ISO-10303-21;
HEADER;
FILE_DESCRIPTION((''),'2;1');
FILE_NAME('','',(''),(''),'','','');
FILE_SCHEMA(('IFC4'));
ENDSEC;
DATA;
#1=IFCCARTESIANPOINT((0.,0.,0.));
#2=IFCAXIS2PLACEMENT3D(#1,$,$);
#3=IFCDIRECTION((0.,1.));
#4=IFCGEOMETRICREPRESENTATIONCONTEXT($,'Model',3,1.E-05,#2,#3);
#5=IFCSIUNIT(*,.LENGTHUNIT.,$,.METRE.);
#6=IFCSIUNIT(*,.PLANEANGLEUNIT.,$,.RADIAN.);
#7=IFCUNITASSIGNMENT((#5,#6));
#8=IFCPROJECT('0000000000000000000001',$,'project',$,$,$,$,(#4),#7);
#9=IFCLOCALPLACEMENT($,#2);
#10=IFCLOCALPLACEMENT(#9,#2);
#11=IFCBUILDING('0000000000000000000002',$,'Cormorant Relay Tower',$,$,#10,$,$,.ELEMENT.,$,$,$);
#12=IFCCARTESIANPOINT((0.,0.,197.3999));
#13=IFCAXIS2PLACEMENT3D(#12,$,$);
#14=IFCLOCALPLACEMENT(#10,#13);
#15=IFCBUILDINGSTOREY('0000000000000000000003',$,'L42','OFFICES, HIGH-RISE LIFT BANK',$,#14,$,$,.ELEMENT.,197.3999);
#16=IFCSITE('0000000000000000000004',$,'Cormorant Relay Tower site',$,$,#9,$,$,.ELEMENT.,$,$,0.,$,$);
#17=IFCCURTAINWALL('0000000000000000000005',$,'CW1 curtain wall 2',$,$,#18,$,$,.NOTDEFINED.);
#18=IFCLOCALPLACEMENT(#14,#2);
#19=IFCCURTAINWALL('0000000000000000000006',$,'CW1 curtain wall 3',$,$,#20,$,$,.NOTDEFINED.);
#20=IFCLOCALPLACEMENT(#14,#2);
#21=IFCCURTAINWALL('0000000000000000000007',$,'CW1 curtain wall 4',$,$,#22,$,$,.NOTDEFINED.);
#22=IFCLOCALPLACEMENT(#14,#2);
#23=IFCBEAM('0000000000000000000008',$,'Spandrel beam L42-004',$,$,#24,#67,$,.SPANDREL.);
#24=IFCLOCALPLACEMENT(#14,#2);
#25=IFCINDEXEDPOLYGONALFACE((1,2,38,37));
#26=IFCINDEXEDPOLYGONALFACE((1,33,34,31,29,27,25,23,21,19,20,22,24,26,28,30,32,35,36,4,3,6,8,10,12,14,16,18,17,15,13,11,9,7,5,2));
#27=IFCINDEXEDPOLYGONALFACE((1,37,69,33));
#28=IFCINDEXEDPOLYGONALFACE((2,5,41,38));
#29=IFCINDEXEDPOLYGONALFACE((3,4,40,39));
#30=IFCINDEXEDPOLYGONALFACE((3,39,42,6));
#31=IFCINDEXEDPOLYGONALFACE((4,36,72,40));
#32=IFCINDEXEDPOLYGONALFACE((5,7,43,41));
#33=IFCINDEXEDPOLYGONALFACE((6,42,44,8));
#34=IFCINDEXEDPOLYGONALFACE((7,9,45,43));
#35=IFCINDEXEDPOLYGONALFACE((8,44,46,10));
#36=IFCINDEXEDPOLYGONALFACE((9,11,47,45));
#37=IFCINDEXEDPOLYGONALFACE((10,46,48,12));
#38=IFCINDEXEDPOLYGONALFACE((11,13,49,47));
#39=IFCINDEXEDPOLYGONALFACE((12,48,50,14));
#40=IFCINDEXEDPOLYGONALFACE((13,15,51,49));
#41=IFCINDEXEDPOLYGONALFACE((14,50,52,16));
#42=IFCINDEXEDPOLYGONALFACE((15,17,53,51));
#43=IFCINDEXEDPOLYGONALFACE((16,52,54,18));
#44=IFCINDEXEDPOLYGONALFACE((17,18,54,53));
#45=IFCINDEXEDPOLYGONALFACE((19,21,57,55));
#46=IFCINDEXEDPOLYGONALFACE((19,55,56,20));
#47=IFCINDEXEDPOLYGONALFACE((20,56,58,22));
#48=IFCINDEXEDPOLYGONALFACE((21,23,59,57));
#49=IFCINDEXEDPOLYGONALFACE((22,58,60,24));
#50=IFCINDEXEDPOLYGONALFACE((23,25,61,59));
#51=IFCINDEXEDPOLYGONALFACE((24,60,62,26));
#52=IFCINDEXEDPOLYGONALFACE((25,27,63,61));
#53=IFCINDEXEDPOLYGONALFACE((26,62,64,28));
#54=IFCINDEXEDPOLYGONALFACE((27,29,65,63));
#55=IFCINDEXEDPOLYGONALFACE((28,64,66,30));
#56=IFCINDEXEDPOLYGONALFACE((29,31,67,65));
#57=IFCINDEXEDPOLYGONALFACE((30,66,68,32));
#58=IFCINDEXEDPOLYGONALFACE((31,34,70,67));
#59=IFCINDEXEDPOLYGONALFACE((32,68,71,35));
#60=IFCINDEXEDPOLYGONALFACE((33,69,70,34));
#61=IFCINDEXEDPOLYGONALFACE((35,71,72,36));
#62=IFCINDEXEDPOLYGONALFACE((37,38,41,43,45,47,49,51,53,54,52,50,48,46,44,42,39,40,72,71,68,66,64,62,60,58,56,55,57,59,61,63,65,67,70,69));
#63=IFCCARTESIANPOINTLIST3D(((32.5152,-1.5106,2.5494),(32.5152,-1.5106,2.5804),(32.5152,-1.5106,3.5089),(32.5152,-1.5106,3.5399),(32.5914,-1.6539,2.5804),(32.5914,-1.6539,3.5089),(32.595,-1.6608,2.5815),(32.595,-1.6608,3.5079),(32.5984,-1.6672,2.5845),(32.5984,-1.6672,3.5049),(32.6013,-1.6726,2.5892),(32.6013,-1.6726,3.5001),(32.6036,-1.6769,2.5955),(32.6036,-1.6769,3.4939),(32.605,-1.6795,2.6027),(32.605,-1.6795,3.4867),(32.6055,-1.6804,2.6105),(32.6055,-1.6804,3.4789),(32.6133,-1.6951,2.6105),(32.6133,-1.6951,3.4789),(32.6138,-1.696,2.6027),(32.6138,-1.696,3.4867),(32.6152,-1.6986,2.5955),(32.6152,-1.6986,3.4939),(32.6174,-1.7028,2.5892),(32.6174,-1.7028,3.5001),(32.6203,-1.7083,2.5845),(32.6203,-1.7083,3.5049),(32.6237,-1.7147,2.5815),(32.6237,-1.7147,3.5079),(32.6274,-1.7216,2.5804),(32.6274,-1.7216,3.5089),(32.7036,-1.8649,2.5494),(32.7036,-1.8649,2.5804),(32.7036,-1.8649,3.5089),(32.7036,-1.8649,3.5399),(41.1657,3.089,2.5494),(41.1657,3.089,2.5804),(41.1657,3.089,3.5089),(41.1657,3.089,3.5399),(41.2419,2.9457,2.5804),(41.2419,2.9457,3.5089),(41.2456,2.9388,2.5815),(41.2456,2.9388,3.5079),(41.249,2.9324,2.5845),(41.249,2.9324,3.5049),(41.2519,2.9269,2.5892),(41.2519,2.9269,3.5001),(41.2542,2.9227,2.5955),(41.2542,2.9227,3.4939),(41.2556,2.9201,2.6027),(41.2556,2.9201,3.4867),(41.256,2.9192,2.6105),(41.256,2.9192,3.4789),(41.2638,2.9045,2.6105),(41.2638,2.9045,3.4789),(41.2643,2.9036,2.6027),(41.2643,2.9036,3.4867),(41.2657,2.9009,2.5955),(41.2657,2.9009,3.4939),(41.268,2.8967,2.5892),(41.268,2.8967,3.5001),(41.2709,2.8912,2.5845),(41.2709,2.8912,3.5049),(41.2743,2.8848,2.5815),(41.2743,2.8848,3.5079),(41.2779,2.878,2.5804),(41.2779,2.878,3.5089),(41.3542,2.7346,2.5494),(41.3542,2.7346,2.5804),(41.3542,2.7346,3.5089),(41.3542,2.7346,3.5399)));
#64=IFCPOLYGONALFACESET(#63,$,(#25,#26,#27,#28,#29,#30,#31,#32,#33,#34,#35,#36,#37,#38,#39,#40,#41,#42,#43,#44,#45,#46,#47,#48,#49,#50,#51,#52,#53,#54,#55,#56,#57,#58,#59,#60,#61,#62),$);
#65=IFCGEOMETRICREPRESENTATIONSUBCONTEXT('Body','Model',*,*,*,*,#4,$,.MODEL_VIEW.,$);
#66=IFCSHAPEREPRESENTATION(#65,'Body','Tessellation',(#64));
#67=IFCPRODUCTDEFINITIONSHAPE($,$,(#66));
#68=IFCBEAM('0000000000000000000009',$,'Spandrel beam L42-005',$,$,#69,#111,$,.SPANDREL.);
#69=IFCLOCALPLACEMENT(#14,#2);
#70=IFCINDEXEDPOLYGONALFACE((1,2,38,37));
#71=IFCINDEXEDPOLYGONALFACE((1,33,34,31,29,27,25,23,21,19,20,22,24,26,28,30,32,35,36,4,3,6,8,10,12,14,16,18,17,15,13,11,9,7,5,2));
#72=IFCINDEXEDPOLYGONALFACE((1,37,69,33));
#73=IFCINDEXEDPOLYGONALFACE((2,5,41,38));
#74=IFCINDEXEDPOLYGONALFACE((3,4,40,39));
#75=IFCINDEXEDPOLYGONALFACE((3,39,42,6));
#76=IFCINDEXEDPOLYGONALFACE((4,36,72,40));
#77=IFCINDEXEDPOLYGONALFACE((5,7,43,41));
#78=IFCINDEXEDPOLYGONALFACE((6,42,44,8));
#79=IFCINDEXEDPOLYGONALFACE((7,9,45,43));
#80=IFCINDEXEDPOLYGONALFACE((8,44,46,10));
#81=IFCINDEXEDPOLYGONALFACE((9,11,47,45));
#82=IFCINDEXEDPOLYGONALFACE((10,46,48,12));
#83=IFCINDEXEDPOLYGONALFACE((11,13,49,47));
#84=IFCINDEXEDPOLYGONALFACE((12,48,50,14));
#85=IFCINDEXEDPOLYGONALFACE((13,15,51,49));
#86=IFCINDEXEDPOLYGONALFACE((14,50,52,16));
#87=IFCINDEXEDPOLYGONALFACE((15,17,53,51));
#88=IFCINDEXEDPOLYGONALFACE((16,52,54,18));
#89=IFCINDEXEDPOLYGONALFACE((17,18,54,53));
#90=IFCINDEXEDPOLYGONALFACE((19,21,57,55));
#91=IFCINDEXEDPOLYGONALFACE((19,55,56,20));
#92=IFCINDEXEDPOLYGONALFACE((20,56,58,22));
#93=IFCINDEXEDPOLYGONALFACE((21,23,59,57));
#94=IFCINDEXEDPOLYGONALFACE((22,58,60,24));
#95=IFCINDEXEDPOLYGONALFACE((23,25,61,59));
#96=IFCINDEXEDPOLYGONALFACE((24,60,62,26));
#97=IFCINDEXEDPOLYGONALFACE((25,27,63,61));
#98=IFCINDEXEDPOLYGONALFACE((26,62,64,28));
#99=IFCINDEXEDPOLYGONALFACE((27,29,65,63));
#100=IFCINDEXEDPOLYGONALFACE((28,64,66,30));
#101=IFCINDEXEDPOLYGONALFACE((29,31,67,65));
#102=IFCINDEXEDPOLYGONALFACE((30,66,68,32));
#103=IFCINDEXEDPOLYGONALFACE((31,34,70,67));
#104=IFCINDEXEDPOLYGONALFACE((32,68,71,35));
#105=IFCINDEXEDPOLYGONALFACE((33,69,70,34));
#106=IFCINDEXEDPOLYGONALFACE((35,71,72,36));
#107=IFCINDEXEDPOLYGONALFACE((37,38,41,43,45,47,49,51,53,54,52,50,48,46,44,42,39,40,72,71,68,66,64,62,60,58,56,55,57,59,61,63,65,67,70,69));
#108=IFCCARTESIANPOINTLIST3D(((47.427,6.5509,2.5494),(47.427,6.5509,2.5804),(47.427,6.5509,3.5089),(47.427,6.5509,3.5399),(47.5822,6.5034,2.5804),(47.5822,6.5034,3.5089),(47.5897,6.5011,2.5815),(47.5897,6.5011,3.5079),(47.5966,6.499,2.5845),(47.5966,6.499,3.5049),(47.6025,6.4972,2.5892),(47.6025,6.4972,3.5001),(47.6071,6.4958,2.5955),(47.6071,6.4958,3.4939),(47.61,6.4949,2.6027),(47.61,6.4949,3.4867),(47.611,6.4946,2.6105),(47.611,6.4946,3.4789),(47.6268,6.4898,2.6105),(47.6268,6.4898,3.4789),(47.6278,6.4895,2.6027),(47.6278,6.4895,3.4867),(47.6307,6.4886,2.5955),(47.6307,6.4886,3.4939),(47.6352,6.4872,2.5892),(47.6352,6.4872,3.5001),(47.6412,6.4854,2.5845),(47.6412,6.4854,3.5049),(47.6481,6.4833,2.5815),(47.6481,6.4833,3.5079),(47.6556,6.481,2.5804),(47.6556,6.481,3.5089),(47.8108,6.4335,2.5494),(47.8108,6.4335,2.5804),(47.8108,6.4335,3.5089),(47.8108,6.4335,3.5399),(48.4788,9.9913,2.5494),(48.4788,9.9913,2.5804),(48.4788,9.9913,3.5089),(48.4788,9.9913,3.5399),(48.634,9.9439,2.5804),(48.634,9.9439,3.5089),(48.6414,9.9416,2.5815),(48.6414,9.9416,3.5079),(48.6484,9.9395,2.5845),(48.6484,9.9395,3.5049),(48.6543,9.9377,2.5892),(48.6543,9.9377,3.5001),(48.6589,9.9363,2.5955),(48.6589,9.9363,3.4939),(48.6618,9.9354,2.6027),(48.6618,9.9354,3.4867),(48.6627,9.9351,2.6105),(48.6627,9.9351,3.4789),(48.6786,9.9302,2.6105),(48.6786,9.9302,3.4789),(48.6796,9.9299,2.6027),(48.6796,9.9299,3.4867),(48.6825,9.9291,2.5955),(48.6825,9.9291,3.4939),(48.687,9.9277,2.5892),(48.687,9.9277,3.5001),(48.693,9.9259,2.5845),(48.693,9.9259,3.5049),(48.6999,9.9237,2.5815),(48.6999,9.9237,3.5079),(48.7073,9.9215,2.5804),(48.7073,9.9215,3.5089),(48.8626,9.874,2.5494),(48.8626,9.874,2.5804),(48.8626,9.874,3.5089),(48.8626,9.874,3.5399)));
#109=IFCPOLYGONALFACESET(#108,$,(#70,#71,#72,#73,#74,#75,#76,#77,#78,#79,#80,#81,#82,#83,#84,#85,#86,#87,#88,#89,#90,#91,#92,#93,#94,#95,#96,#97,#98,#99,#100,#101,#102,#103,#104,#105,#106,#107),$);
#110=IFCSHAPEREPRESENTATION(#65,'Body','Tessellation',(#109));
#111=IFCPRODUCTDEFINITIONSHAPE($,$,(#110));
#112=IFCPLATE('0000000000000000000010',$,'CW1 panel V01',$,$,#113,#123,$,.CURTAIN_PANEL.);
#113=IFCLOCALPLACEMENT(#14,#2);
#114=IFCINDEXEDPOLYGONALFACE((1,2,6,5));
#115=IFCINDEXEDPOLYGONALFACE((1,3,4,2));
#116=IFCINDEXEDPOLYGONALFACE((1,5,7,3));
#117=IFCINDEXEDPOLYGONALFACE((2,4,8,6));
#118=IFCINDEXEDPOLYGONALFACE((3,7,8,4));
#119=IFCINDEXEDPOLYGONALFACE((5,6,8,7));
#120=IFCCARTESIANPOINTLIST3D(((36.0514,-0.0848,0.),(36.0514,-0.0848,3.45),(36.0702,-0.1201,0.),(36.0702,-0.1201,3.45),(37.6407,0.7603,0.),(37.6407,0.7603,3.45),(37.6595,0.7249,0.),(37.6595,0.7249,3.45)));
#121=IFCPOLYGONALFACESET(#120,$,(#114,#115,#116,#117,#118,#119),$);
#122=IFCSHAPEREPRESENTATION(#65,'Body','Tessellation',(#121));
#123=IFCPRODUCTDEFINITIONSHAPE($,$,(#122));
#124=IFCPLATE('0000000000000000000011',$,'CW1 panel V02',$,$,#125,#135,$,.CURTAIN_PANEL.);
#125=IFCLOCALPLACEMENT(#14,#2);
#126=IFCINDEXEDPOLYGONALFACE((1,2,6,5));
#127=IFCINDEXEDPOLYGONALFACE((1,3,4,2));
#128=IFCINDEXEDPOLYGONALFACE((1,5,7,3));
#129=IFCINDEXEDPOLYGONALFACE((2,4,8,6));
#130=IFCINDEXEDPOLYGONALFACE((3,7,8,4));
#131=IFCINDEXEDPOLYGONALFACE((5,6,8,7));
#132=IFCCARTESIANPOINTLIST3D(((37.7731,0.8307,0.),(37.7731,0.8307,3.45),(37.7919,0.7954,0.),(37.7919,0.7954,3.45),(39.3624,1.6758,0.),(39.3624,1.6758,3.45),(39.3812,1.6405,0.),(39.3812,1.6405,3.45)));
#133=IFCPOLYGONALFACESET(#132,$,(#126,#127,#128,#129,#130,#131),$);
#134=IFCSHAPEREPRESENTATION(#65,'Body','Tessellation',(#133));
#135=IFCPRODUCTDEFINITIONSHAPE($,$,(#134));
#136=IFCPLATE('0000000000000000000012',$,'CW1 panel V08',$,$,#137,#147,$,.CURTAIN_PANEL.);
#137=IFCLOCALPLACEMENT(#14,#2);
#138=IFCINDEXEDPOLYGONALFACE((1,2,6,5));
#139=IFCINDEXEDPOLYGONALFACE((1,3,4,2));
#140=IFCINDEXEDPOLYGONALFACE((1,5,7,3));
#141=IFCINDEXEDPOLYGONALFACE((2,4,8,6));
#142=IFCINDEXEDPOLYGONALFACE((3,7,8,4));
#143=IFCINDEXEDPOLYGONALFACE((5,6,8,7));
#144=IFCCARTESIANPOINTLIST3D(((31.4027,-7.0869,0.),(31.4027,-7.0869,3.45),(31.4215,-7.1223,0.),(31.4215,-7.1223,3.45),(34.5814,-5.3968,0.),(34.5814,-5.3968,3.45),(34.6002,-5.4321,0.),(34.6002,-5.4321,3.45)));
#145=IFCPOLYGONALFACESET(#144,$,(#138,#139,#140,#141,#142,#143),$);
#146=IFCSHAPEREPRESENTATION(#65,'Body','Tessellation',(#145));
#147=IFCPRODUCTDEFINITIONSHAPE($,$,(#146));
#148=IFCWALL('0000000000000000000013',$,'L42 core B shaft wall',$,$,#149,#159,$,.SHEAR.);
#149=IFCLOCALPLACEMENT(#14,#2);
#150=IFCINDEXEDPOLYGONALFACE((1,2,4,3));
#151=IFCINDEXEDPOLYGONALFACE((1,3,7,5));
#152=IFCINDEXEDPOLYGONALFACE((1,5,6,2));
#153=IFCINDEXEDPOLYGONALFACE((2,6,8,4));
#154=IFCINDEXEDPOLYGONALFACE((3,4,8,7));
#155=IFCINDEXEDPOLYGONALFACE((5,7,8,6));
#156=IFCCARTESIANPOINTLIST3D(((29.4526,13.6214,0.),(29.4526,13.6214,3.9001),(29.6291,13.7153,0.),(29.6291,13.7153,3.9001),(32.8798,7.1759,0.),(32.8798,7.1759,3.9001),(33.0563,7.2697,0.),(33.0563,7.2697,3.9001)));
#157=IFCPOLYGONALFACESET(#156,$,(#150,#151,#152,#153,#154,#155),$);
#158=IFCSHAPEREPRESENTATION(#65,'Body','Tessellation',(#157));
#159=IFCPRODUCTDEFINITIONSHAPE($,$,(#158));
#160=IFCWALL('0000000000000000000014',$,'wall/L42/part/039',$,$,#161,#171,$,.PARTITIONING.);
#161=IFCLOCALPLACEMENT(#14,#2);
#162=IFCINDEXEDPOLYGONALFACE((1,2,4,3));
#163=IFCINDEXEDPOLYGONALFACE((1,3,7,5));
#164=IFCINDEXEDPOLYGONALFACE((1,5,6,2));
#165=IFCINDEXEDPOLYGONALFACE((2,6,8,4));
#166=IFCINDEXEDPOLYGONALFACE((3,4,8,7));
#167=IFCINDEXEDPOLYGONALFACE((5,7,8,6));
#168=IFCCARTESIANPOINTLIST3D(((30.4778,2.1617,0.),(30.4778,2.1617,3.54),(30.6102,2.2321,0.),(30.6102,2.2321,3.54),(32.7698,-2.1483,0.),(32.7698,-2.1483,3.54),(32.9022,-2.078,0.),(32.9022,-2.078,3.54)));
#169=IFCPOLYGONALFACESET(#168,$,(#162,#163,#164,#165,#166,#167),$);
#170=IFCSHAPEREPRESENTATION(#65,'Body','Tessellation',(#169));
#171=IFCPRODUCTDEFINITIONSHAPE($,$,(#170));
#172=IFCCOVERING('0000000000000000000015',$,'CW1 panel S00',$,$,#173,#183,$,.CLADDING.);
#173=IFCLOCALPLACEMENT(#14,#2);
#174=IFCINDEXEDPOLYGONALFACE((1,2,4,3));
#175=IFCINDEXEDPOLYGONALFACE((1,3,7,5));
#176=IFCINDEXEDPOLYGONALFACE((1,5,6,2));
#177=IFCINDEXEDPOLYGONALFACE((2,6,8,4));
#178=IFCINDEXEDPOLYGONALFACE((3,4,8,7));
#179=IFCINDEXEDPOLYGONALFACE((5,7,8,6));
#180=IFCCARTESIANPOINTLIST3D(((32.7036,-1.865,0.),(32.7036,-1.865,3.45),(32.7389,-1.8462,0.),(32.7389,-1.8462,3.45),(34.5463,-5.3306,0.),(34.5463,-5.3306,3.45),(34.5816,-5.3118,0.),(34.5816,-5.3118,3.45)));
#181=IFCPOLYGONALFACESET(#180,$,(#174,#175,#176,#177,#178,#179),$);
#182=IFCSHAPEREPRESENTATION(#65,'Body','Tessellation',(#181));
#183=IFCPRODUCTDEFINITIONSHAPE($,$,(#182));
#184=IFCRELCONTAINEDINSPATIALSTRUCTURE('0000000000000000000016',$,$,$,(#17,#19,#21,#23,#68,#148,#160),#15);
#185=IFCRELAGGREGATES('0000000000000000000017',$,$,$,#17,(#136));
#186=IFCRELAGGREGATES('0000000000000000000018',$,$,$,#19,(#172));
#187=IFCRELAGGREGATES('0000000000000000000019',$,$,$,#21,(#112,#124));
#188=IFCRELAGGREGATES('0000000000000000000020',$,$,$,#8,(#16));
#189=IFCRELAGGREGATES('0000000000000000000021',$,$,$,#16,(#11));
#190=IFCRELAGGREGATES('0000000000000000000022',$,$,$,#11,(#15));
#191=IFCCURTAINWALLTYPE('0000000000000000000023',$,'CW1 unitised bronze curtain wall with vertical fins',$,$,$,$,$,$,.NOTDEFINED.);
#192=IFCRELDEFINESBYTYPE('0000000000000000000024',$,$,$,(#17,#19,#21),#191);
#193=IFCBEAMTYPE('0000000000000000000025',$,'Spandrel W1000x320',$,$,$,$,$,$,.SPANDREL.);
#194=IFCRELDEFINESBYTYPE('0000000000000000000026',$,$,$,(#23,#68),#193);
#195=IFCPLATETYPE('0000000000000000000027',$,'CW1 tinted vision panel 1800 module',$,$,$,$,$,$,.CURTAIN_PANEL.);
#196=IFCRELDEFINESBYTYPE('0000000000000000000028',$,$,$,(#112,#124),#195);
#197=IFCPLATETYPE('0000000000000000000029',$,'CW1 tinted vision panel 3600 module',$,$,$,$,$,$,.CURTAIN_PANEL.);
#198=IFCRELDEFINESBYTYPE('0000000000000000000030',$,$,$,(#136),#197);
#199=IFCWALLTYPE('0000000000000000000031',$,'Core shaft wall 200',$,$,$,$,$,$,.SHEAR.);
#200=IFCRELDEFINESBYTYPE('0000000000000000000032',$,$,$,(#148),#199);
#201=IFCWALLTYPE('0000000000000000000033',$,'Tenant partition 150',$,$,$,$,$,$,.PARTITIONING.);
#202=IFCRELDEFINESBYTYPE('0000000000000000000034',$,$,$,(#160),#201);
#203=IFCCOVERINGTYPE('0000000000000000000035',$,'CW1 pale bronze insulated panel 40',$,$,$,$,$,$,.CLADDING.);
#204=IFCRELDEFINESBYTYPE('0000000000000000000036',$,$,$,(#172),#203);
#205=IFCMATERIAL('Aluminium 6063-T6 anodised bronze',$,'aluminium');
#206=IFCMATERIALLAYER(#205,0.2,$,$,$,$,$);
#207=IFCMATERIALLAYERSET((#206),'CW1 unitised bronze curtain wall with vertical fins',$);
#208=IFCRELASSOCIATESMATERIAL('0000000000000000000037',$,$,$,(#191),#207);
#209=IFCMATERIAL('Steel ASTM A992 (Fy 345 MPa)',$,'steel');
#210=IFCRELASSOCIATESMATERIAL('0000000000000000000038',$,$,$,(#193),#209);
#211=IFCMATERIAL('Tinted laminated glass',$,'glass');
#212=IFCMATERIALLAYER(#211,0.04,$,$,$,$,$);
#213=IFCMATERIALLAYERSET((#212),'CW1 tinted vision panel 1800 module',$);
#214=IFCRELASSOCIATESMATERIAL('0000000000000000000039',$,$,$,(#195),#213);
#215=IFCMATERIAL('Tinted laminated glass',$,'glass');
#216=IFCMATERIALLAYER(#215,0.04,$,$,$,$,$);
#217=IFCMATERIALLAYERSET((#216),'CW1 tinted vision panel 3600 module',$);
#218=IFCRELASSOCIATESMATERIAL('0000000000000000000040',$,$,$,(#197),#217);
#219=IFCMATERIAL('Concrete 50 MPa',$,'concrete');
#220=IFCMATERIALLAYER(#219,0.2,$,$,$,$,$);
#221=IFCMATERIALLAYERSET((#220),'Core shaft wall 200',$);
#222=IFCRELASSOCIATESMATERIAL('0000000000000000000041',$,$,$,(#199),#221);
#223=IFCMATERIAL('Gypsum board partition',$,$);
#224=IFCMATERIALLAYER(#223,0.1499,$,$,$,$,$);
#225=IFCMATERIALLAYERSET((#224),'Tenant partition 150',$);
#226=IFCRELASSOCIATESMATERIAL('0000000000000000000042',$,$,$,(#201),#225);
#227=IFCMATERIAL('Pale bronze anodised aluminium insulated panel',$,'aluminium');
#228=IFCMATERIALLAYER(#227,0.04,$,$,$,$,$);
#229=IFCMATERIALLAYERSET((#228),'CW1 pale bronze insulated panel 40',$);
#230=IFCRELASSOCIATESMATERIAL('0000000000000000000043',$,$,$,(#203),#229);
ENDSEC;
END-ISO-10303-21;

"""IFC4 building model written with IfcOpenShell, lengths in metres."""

from ifc_helpers import new_model, si_unit, direction, frame, frame_2d, origin, origin_2d, place, context, subcontext, project, spatial, rectangle, i_section, extrude, material, layer, layer_set, material_profile, profile_set, type_object, element, aggregate, save


model = new_model("IFC4")

# Units and contexts
model_context = context("Model", 3, precision=1e-05, world=origin(), true_north=direction((0.0, 1.0)))
body_context = subcontext(model_context, "Body", "Model", "MODEL_VIEW")
ifc_project = project(units=[si_unit("LENGTHUNIT", "METRE"), si_unit("PLANEANGLEUNIT", "RADIAN")], contexts=[model_context])

# Site, building, storey
site_placement = place(None, origin())
site = spatial("IfcSite", under=ifc_project, at=site_placement, Name="Cormorant Relay Tower site", CompositionType="ELEMENT", RefElevation=0.0)
building_placement = place(site_placement, origin())
building = spatial("IfcBuilding", under=site, at=building_placement, Name="Cormorant Relay Tower", CompositionType="ELEMENT")
storey_placement = place(building_placement, frame((0.0, 0.0, 197.3999)))
storey = spatial("IfcBuildingStorey", under=building, at=storey_placement, Name="L42", Description="OFFICES, HIGH-RISE LIFT BANK", CompositionType="ELEMENT", Elevation=197.3999)

# Curtain walls
ifc_material_1 = material(Name="Aluminium 6063-T6 anodised bronze", Category="aluminium")
ifc_layer_1 = layer(ifc_material_1, 0.2)
ifc_layer_set_1 = layer_set([ifc_layer_1], Name="CW1 unitised bronze curtain wall with vertical fins")
curtain_wall_type = type_object("IfcCurtainWallType", Name="CW1 unitised bronze curtain wall with vertical fins", PredefinedType="NOTDEFINED", material=ifc_layer_set_1)
curtain_wall_1_placement = place(storey_placement, origin())
curtain_wall_1 = element("IfcCurtainWall", 1, at=curtain_wall_1_placement, inside=storey, type_object=curtain_wall_type, Name="CW1 curtain wall 2", PredefinedType="NOTDEFINED")
curtain_wall_2_placement = place(storey_placement, origin())
curtain_wall_2 = element("IfcCurtainWall", 2, at=curtain_wall_2_placement, inside=storey, type_object=curtain_wall_type, Name="CW1 curtain wall 3", PredefinedType="NOTDEFINED")

# Curtain wall
curtain_wall_3_placement = place(storey_placement, origin())
curtain_wall_3 = element("IfcCurtainWall", 3, at=curtain_wall_3_placement, inside=storey, type_object=curtain_wall_type, Name="CW1 curtain wall 4", PredefinedType="NOTDEFINED")

# Beams
ifc_material_2 = material(Name="Steel ASTM A992 (Fy 345 MPa)", Category="steel")
ifc_material_profile_1 = material_profile(ifc_material_2, i_section(OverallWidth=0.4014, OverallDepth=0.9905, WebThickness=0.0166, FlangeThickness=0.031, FilletRadius=0.03, at=origin_2d()), Name="W1000x320")
ifc_profile_set_1 = profile_set([ifc_material_profile_1], Name="Steel ASTM A992 (Fy 345 MPa)")
beam_type = type_object("IfcBeamType", Name="Spandrel W1000x320", PredefinedType="SPANDREL", material=ifc_profile_set_1)
beam_1_placement = place(storey_placement, frame((32.6094, -1.6877, 3.0447), z_axis=(0.882948, 0.46947, 0.0), x_axis=(-0.46947, 0.882948, 0.0)))
element("IfcBeam", 4, at=beam_1_placement, inside=storey, type_object=beam_type, Name="Spandrel beam L42-004", PredefinedType="SPANDREL", context=body_context, shape_type="SweptSolid", body=[
    extrude(i_section(OverallWidth=0.4014, OverallDepth=0.9905, WebThickness=0.0166, FlangeThickness=0.031, FilletRadius=0.03, at=origin_2d()), origin(), (0.0, 0.0, 1.0), 9.7974),
])
beam_2_placement = place(storey_placement, frame((47.6189, 6.4922, 3.0447), z_axis=(0.29235, 0.956312, 0.0), x_axis=(-0.956312, 0.29235, 0.0)))
element("IfcBeam", 5, at=beam_2_placement, inside=storey, type_object=beam_type, Name="Spandrel beam L42-005", PredefinedType="SPANDREL", context=body_context, shape_type="SweptSolid", body=[
    extrude(i_section(OverallWidth=0.4014, OverallDepth=0.9905, WebThickness=0.0166, FlangeThickness=0.031, FilletRadius=0.03, at=origin_2d()), origin(), (0.0, 0.0, 1.0), 3.5977),
])

# Plates
ifc_material_3 = material(Name="Tinted laminated glass", Category="glass")
ifc_layer_2 = layer(ifc_material_3, 0.04)
ifc_layer_set_2 = layer_set([ifc_layer_2], Name="CW1 tinted vision panel 1800 module")
plate_type_1 = type_object("IfcPlateType", Name="CW1 tinted vision panel 1800 module", PredefinedType="CURTAIN_PANEL", material=ifc_layer_set_2)
plate_1_placement = place(storey_placement, frame((36.8555, 0.3201, 0.0), z_axis=(0.0, 0.0, 1.0), x_axis=(0.882948, 0.469472, 0.0)))
plate_1 = element("IfcPlate", 6, at=plate_1_placement, type_object=plate_type_1, Name="CW1 panel V01", PredefinedType="CURTAIN_PANEL", context=body_context, shape_type="SweptSolid", body=[
    extrude(rectangle(XDim=1.8, YDim=0.04, at=origin_2d()), origin(), (0.0, 0.0, 1.0), 3.45),
])
plate_2_placement = place(storey_placement, frame((38.5771, 1.2356, 0.0), z_axis=(0.0, 0.0, 1.0), x_axis=(0.882948, 0.469472, 0.0)))
plate_2 = element("IfcPlate", 7, at=plate_2_placement, type_object=plate_type_1, Name="CW1 panel V02", PredefinedType="CURTAIN_PANEL", context=body_context, shape_type="SweptSolid", body=[
    extrude(rectangle(XDim=1.8, YDim=0.04, at=origin_2d()), origin(), (0.0, 0.0, 1.0), 3.45),
])
ifc_material_4 = material(Name="Tinted laminated glass", Category="glass")
ifc_layer_3 = layer(ifc_material_4, 0.04)
ifc_layer_set_3 = layer_set([ifc_layer_3], Name="CW1 tinted vision panel 3600 module")
plate_type_2 = type_object("IfcPlateType", Name="CW1 tinted vision panel 3600 module", PredefinedType="CURTAIN_PANEL", material=ifc_layer_set_3)
plate_3_placement = place(storey_placement, frame((33.0015, -6.2595, 0.0), z_axis=(0.0, 0.0, 1.0), x_axis=(0.882948, 0.469472, 0.0)))
plate_3 = element("IfcPlate", 8, at=plate_3_placement, type_object=plate_type_2, Name="CW1 panel V08", PredefinedType="CURTAIN_PANEL", context=body_context, shape_type="SweptSolid", body=[
    extrude(rectangle(XDim=3.6001, YDim=0.04, at=origin_2d()), origin(), (0.0, 0.0, 1.0), 3.45),
])
aggregate(curtain_wall_1, [plate_3])

# Walls
ifc_material_5 = material(Name="Concrete 50 MPa", Category="concrete")
ifc_layer_4 = layer(ifc_material_5, 0.2)
ifc_layer_set_4 = layer_set([ifc_layer_4], Name="Core shaft wall 200")
wall_type_1 = type_object("IfcWallType", Name="Core shaft wall 200", PredefinedType="SHEAR", material=ifc_layer_set_4)
wall_1_placement = place(storey_placement, frame((32.968, 7.2229, 0.0), z_axis=(0.0, 0.0, 1.0), x_axis=(-0.46948, 0.882943, 0.0)))
element("IfcWall", 9, at=wall_1_placement, inside=storey, type_object=wall_type_1, Name="L42 core B shaft wall", PredefinedType="SHEAR", context=body_context, shape_type="SweptSolid", body=[
    extrude(rectangle(XDim=7.3, YDim=0.2, at=frame_2d((3.6499, 0.0))), origin(), (0.0, 0.0, 1.0), 3.9001),
])
ifc_material_6 = material(Name="Gypsum board partition")
ifc_layer_5 = layer(ifc_material_6, 0.1499)
ifc_layer_set_5 = layer_set([ifc_layer_5], Name="Tenant partition 150")
wall_type_2 = type_object("IfcWallType", Name="Tenant partition 150", PredefinedType="PARTITIONING", material=ifc_layer_set_5)
wall_2_placement = place(storey_placement, frame((30.5439, 2.197, 0.0), z_axis=(0.0, 0.0, 1.0), x_axis=(0.469518, -0.882923, 0.0)))
element("IfcWall", 10, at=wall_2_placement, inside=storey, type_object=wall_type_2, Name="wall/L42/part/039", PredefinedType="PARTITIONING", context=body_context, shape_type="SweptSolid", body=[
    extrude(rectangle(XDim=4.8816, YDim=0.1499, at=frame_2d((2.4409, 0.0))), origin(), (0.0, 0.0, 1.0), 3.54),
])

# Covering
ifc_material_7 = material(Name="Pale bronze anodised aluminium insulated panel", Category="aluminium")
ifc_layer_6 = layer(ifc_material_7, 0.04)
ifc_layer_set_6 = layer_set([ifc_layer_6], Name="CW1 pale bronze insulated panel 40")
covering_type = type_object("IfcCoveringType", Name="CW1 pale bronze insulated panel 40", PredefinedType="CLADDING", material=ifc_layer_set_6)
covering_1_placement = place(storey_placement, frame((33.6426, -3.5884, 0.0), z_axis=(0.0, 0.0, 1.0), x_axis=(-0.469472, 0.882948, 0.0)))
covering_1 = element("IfcCovering", 11, at=covering_1_placement, type_object=covering_type, Name="CW1 panel S00", PredefinedType="CLADDING", context=body_context, shape_type="SweptSolid", body=[
    extrude(rectangle(XDim=3.925, YDim=0.04, at=origin_2d()), origin(), (0.0, 0.0, 1.0), 3.45),
])
aggregate(curtain_wall_2, [covering_1])
aggregate(curtain_wall_3, [plate_1, plate_2])

save(model, "model.ifc")
